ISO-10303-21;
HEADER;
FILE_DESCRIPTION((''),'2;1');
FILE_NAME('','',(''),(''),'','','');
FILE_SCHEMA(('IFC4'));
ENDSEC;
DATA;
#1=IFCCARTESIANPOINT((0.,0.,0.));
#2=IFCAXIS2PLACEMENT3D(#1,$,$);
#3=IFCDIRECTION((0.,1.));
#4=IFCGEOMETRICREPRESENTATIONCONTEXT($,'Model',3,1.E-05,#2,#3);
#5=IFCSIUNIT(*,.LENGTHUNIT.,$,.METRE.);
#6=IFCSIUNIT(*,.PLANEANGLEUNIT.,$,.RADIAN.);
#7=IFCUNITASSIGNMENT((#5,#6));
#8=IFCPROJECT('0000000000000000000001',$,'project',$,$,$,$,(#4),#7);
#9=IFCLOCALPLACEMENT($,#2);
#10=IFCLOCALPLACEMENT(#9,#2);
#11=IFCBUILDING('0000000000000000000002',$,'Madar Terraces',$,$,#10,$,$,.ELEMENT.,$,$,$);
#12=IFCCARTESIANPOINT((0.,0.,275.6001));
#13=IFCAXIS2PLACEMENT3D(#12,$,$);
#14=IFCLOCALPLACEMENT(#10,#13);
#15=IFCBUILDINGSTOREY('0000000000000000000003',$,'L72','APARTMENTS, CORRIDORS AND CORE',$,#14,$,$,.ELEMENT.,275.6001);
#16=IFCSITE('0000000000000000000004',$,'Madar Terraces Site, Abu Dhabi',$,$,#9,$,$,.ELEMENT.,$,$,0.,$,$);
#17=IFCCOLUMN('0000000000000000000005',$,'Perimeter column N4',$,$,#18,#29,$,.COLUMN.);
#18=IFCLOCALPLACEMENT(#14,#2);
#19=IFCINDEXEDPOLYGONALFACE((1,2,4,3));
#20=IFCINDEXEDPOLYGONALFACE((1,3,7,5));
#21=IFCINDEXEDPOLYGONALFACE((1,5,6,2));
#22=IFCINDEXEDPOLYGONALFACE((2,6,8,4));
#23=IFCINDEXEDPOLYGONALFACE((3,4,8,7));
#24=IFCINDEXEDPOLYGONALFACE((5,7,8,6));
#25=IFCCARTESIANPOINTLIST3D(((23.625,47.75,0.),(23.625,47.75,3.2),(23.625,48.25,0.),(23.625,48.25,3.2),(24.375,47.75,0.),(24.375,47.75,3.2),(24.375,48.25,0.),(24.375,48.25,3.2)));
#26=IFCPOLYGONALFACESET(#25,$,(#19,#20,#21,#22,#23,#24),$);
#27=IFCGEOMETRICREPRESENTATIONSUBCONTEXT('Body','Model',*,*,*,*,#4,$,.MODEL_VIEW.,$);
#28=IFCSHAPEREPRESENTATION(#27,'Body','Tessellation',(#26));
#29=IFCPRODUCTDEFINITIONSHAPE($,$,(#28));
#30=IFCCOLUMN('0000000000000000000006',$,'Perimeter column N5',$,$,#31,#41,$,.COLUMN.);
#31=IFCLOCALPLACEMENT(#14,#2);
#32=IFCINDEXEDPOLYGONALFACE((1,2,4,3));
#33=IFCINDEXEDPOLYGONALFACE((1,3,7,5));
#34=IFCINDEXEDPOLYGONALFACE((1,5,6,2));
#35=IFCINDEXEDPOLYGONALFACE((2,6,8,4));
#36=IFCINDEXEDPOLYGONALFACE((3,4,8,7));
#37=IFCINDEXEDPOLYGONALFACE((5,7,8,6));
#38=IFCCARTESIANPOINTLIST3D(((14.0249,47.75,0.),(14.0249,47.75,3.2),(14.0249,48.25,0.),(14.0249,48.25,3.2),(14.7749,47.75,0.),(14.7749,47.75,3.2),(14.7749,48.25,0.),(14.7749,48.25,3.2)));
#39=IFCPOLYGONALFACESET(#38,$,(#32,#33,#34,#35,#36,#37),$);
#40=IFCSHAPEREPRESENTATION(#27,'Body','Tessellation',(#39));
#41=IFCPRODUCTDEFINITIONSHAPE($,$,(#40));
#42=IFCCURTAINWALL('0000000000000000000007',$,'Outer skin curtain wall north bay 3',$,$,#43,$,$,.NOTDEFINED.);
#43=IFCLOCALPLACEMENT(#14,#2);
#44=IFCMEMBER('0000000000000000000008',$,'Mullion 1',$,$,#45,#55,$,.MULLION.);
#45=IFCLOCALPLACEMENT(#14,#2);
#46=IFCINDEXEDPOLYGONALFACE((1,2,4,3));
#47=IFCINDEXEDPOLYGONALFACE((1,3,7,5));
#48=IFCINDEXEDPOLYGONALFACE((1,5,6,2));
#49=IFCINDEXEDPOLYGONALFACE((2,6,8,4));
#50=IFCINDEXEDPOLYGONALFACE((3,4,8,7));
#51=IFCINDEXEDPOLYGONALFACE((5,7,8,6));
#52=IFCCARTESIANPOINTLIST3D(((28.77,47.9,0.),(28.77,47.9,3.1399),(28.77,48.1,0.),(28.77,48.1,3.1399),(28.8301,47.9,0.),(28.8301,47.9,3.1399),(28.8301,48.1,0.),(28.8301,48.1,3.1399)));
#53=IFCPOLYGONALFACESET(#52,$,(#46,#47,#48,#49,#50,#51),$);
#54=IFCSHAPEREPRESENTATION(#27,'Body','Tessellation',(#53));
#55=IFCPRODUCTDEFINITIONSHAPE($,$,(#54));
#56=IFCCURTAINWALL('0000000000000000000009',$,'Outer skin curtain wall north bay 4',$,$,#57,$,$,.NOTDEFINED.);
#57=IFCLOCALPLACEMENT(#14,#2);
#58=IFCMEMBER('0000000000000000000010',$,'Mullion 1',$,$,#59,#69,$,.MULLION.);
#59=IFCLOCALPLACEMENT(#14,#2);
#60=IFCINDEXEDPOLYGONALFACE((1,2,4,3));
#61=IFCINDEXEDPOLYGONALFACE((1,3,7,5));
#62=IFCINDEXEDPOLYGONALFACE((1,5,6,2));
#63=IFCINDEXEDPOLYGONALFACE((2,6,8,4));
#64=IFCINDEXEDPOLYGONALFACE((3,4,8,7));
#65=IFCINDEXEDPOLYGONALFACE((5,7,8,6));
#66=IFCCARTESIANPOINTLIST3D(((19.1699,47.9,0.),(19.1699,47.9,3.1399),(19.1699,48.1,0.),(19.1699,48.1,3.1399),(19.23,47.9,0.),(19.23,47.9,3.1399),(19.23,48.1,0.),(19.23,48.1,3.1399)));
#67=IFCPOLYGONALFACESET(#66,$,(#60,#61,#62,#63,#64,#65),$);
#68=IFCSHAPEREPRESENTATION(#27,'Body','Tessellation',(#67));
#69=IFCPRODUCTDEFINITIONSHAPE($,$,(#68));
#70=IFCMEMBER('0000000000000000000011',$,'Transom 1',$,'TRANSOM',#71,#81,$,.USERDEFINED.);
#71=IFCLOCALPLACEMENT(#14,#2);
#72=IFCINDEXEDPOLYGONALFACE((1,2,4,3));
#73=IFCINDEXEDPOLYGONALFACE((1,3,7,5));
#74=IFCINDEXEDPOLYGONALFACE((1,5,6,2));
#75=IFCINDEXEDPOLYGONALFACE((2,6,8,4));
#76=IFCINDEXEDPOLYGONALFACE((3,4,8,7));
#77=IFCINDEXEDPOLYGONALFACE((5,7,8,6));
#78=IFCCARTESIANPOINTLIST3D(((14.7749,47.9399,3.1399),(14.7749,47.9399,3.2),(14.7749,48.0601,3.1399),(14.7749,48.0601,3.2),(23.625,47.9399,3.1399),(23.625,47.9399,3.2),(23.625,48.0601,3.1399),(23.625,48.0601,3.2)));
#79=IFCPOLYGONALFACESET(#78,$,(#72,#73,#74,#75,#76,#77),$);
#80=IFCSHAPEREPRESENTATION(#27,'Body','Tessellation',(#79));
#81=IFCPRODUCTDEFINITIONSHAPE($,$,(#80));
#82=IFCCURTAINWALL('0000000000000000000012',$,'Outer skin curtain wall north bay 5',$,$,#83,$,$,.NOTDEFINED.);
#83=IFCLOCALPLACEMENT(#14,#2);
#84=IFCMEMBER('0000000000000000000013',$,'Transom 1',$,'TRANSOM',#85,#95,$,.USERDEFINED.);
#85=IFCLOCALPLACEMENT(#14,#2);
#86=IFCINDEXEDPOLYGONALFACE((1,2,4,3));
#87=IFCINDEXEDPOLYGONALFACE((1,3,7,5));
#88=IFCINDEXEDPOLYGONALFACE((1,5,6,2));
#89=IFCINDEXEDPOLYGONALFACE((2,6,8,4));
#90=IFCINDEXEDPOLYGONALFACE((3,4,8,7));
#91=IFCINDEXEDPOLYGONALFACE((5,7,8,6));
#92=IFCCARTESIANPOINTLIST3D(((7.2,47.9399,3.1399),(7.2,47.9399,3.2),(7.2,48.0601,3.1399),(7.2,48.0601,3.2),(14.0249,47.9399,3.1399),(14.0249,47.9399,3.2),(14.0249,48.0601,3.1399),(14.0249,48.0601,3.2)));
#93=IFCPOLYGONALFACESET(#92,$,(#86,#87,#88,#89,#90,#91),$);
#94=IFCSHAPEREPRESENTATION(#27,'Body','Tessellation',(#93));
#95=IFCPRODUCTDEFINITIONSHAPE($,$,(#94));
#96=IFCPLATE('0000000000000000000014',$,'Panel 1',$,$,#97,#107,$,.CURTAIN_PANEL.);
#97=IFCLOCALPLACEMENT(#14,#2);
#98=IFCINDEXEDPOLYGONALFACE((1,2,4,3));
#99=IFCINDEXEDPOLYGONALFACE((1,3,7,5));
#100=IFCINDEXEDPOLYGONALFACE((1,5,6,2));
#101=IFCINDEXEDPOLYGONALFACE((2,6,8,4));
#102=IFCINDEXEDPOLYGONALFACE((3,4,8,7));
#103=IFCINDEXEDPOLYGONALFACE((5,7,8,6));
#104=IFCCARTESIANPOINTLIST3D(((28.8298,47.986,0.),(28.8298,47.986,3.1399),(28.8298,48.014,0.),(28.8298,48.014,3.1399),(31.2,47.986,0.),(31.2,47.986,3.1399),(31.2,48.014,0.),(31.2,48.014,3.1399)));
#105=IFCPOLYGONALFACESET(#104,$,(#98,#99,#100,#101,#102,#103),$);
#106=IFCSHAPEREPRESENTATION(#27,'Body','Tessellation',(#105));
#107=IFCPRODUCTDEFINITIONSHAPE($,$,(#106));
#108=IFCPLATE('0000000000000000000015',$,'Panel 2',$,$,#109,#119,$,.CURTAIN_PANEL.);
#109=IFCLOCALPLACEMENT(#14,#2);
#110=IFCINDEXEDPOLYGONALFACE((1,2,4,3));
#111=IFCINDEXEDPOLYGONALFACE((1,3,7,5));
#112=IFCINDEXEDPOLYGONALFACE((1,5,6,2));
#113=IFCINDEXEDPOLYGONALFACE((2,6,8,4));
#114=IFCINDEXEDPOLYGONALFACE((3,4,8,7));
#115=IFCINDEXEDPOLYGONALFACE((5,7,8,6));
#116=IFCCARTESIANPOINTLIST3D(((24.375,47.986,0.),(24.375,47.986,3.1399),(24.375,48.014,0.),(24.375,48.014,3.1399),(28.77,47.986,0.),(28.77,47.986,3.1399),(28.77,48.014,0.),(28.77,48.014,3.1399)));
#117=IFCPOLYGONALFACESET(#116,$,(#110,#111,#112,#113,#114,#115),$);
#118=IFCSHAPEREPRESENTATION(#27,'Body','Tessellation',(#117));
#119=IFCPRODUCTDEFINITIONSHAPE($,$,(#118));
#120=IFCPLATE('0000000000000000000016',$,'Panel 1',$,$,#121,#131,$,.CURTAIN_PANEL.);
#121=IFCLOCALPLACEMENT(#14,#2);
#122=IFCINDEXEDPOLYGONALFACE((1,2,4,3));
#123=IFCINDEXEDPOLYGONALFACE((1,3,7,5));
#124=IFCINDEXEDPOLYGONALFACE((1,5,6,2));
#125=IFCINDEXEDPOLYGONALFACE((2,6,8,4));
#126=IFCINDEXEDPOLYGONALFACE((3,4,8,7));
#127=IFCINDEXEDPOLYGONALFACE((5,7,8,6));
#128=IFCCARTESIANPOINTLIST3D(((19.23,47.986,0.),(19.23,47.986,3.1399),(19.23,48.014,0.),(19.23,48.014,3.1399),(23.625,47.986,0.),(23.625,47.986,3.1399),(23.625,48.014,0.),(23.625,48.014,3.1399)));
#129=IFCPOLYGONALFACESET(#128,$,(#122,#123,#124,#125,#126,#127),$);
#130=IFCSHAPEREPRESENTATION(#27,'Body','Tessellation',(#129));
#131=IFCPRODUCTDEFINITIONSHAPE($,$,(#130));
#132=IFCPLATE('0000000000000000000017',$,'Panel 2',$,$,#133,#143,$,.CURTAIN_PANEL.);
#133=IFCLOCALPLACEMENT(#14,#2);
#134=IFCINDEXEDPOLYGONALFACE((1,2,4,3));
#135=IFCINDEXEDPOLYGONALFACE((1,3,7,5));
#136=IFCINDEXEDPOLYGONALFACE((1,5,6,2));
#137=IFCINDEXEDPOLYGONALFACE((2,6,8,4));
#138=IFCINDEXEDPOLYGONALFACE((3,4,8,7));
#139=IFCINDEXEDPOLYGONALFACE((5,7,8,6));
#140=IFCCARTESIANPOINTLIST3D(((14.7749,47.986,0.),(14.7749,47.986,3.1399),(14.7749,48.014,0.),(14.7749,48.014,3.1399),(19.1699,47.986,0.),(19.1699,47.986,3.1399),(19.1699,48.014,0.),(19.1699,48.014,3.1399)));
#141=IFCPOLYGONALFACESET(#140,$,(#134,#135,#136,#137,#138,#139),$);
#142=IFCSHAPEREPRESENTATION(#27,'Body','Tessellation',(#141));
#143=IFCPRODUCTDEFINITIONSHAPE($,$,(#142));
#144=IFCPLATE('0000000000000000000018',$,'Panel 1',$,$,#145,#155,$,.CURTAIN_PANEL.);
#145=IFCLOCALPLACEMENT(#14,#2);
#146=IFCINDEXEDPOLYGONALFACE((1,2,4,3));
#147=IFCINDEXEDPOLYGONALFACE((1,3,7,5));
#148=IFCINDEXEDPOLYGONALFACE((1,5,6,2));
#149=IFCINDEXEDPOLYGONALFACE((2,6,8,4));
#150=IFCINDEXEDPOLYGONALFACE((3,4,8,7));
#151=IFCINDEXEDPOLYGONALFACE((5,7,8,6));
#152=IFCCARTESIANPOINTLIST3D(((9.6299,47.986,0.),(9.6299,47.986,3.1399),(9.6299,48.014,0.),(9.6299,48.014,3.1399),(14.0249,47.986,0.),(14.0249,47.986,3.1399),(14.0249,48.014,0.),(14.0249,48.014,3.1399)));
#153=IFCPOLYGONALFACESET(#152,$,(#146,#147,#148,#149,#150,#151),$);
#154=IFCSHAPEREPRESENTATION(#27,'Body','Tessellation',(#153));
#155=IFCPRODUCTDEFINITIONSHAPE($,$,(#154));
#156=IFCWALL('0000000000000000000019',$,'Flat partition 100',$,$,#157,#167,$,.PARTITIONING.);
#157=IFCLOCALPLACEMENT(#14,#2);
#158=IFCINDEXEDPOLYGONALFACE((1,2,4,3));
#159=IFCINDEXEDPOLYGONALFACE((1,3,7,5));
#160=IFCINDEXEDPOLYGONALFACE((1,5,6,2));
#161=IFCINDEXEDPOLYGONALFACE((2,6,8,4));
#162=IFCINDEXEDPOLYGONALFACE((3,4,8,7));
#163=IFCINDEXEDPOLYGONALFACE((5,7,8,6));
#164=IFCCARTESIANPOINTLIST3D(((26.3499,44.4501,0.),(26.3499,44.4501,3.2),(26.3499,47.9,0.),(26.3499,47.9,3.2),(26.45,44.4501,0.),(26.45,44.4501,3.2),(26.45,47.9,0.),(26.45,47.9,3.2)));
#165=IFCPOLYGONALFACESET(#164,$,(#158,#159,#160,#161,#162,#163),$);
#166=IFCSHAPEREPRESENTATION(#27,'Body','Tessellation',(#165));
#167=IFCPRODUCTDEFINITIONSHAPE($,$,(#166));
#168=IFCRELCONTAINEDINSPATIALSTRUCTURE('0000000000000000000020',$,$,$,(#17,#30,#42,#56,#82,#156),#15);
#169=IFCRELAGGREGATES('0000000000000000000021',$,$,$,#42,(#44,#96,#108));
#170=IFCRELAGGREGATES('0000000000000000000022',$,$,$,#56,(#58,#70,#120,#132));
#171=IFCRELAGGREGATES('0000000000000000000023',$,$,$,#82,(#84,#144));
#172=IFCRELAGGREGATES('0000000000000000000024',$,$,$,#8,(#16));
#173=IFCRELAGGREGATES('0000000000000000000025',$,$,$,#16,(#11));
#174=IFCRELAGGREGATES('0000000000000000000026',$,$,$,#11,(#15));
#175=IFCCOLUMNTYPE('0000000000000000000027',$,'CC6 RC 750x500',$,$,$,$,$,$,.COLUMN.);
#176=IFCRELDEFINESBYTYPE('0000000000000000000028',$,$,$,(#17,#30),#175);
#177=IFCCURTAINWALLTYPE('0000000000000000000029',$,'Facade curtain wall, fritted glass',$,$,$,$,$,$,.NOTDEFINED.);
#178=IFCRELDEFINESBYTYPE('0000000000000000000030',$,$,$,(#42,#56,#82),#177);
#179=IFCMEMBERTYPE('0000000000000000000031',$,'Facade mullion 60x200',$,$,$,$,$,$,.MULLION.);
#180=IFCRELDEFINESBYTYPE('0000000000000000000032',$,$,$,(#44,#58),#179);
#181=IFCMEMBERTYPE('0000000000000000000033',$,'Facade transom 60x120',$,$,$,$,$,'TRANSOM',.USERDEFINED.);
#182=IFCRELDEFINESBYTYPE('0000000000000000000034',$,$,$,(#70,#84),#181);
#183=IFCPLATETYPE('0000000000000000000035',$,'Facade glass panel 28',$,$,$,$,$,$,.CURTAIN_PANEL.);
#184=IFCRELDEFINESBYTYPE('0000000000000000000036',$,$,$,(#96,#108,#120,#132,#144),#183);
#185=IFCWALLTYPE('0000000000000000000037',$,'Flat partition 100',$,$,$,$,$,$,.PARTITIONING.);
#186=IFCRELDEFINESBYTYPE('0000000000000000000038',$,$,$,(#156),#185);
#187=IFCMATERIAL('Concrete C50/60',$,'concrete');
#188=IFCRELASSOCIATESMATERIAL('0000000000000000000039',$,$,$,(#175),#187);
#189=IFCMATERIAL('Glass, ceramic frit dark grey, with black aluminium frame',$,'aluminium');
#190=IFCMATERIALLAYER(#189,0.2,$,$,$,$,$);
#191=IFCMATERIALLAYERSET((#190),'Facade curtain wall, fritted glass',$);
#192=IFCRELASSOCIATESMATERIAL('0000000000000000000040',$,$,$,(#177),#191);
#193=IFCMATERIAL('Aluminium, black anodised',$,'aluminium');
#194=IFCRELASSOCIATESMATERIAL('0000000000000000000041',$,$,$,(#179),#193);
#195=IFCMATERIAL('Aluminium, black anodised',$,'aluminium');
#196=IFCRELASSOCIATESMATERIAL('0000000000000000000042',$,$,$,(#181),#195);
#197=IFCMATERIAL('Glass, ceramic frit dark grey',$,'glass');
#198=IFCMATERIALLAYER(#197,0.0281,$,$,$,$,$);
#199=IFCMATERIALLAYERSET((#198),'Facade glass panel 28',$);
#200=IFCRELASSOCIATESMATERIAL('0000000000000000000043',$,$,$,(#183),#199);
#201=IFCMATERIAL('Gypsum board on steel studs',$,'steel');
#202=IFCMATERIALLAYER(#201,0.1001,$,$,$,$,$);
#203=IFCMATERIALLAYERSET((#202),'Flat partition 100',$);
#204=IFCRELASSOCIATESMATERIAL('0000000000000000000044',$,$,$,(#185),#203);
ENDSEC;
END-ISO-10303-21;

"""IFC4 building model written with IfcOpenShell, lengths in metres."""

from ifc_helpers import new_model, si_unit, direction, frame, frame_2d, origin, origin_2d, place, context, subcontext, project, spatial, rectangle, extrude, material, layer, layer_set, material_profile, profile_set, type_object, element, aggregate, save


model = new_model("IFC4")

# Units and contexts
model_context = context("Model", 3, precision=1e-05, world=origin(), true_north=direction((0.0, 1.0)))
body_context = subcontext(model_context, "Body", "Model", "MODEL_VIEW")
ifc_project = project(units=[si_unit("LENGTHUNIT", "METRE"), si_unit("PLANEANGLEUNIT", "RADIAN")], contexts=[model_context])

# Site, building, storey
site_placement = place(None, origin())
site = spatial("IfcSite", under=ifc_project, at=site_placement, Name="Madar Terraces Site, Abu Dhabi", CompositionType="ELEMENT", RefElevation=0.0)
building_placement = place(site_placement, origin())
building = spatial("IfcBuilding", under=site, at=building_placement, Name="Madar Terraces", CompositionType="ELEMENT")
storey_placement = place(building_placement, frame((0.0, 0.0, 275.6001)))
storey = spatial("IfcBuildingStorey", under=building, at=storey_placement, Name="L72", Description="APARTMENTS, CORRIDORS AND CORE", CompositionType="ELEMENT", Elevation=275.6001)

# Columns
ifc_material_1 = material(Name="Concrete C50/60", Category="concrete")
ifc_material_profile_1 = material_profile(ifc_material_1, rectangle(XDim=0.75, YDim=0.5, at=origin_2d()), Name="CC6 RC 750x500")
ifc_profile_set_1 = profile_set([ifc_material_profile_1], Name="Concrete C50/60")
column_type = type_object("IfcColumnType", Name="CC6 RC 750x500", PredefinedType="COLUMN", material=ifc_profile_set_1)
for number, where, z_axis, x_axis, name in (
    (1, (24.0, 48.0, 0.0), (0.0, 0.0, 1.0), (1.0, 0.0, 0.0), "Perimeter column N4"),
    (2, (14.3999, 48.0, 0.0), (0.0, 0.0, 1.0), (1.0, 0.0, 0.0), "Perimeter column N5"),
):
    element("IfcColumn", number, at=place(storey_placement, frame(where, z_axis=z_axis, x_axis=x_axis)), inside=storey, type_object=column_type, Name=name, PredefinedType="COLUMN", context=body_context, shape_type="SweptSolid", body=[
        extrude(rectangle(XDim=0.75, YDim=0.5, at=origin_2d()), origin(), (0.0, 0.0, 1.0), 3.2),
    ])

# Curtain wall, member
ifc_material_2 = material(Name="Glass, ceramic frit dark grey, with black aluminium frame", Category="aluminium")
ifc_layer_1 = layer(ifc_material_2, 0.2)
ifc_layer_set_1 = layer_set([ifc_layer_1], Name="Facade curtain wall, fritted glass")
curtain_wall_type = type_object("IfcCurtainWallType", Name="Facade curtain wall, fritted glass", PredefinedType="NOTDEFINED", material=ifc_layer_set_1)
curtain_wall_1_placement = place(storey_placement, origin())
curtain_wall_1 = element("IfcCurtainWall", 3, at=curtain_wall_1_placement, inside=storey, type_object=curtain_wall_type, Name="Outer skin curtain wall north bay 3", PredefinedType="NOTDEFINED")
ifc_material_3 = material(Name="Aluminium, black anodised", Category="aluminium")
ifc_material_profile_2 = material_profile(ifc_material_3, rectangle(XDim=0.2, YDim=0.0601, at=origin_2d()), Name="Facade mullion 60x200")
ifc_profile_set_2 = profile_set([ifc_material_profile_2], Name="Aluminium, black anodised")
member_type_1 = type_object("IfcMemberType", Name="Facade mullion 60x200", PredefinedType="MULLION", material=ifc_profile_set_2)
member_1_placement = place(storey_placement, frame((28.8, 48.0, 0.0), z_axis=(0.0, 0.0, 1.0), x_axis=(0.0, -1.0, 0.0)))
member_1 = element("IfcMember", 4, at=member_1_placement, type_object=member_type_1, Name="Mullion 1", PredefinedType="MULLION", context=body_context, shape_type="SweptSolid", body=[
    extrude(rectangle(XDim=0.2, YDim=0.0601, at=origin_2d()), origin(), (0.0, 0.0, 1.0), 3.1399),
])

# Curtain wall, members
curtain_wall_2_placement = place(storey_placement, origin())
curtain_wall_2 = element("IfcCurtainWall", 5, at=curtain_wall_2_placement, inside=storey, type_object=curtain_wall_type, Name="Outer skin curtain wall north bay 4", PredefinedType="NOTDEFINED")
member_2_placement = place(storey_placement, frame((19.2, 48.0, 0.0), z_axis=(0.0, 0.0, 1.0), x_axis=(0.0, -1.0, 0.0)))
member_2 = element("IfcMember", 6, at=member_2_placement, type_object=member_type_1, Name="Mullion 1", PredefinedType="MULLION", context=body_context, shape_type="SweptSolid", body=[
    extrude(rectangle(XDim=0.2, YDim=0.0601, at=origin_2d()), origin(), (0.0, 0.0, 1.0), 3.1399),
])
ifc_material_4 = material(Name="Aluminium, black anodised", Category="aluminium")
ifc_material_profile_3 = material_profile(ifc_material_4, rectangle(XDim=0.1201, YDim=0.0601, at=origin_2d()), Name="Facade transom 60x120")
ifc_profile_set_3 = profile_set([ifc_material_profile_3], Name="Aluminium, black anodised")
member_type_2 = type_object("IfcMemberType", Name="Facade transom 60x120", ElementType="TRANSOM", PredefinedType="USERDEFINED", material=ifc_profile_set_3)
member_3_placement = place(storey_placement, frame((23.625, 48.0, 3.1699), z_axis=(-1.0, 0.0, 0.0), x_axis=(0.0, -1.0, 0.0)))
member_3 = element("IfcMember", 7, at=member_3_placement, type_object=member_type_2, Name="Transom 1", ObjectType="TRANSOM", PredefinedType="USERDEFINED", context=body_context, shape_type="SweptSolid", body=[
    extrude(rectangle(XDim=0.1201, YDim=0.0601, at=origin_2d()), origin(), (0.0, 0.0, 1.0), 8.8501),
])

# Curtain wall, member
curtain_wall_3_placement = place(storey_placement, origin())
curtain_wall_3 = element("IfcCurtainWall", 8, at=curtain_wall_3_placement, inside=storey, type_object=curtain_wall_type, Name="Outer skin curtain wall north bay 5", PredefinedType="NOTDEFINED")
member_4_placement = place(storey_placement, frame((14.0249, 48.0, 3.1699), z_axis=(-1.0, 0.0, 0.0), x_axis=(0.0, -1.0, 0.0)))
member_4 = element("IfcMember", 9, at=member_4_placement, type_object=member_type_2, Name="Transom 1", ObjectType="TRANSOM", PredefinedType="USERDEFINED", context=body_context, shape_type="SweptSolid", body=[
    extrude(rectangle(XDim=0.1201, YDim=0.0601, at=origin_2d()), origin(), (0.0, 0.0, 1.0), 6.825),
])

# Plates
ifc_material_5 = material(Name="Glass, ceramic frit dark grey", Category="glass")
ifc_layer_2 = layer(ifc_material_5, 0.0281)
ifc_layer_set_2 = layer_set([ifc_layer_2], Name="Facade glass panel 28")
plate_type = type_object("IfcPlateType", Name="Facade glass panel 28", PredefinedType="CURTAIN_PANEL", material=ifc_layer_set_2)
plate_1_placement = place(storey_placement, frame((30.0149, 48.0, 0.0), z_axis=(0.0, 0.0, 1.0), x_axis=(-1.0, 0.0, 0.0)))
plate_1 = element("IfcPlate", 10, at=plate_1_placement, type_object=plate_type, Name="Panel 1", PredefinedType="CURTAIN_PANEL", context=body_context, shape_type="SweptSolid", body=[
    extrude(rectangle(XDim=2.3701, YDim=0.0281, at=origin_2d()), origin(), (0.0, 0.0, 1.0), 3.1399),
])
plate_2_placement = place(storey_placement, frame((26.5725, 48.0, 0.0), z_axis=(0.0, 0.0, 1.0), x_axis=(-1.0, 0.0, 0.0)))
plate_2 = element("IfcPlate", 11, at=plate_2_placement, type_object=plate_type, Name="Panel 2", PredefinedType="CURTAIN_PANEL", context=body_context, shape_type="SweptSolid", body=[
    extrude(rectangle(XDim=4.395, YDim=0.0281, at=origin_2d()), origin(), (0.0, 0.0, 1.0), 3.1399),
])
aggregate(curtain_wall_1, [member_1, plate_1, plate_2])
plate_3_placement = place(storey_placement, frame((21.4275, 48.0, 0.0), z_axis=(0.0, 0.0, 1.0), x_axis=(-1.0, 0.0, 0.0)))
plate_3 = element("IfcPlate", 12, at=plate_3_placement, type_object=plate_type, Name="Panel 1", PredefinedType="CURTAIN_PANEL", context=body_context, shape_type="SweptSolid", body=[
    extrude(rectangle(XDim=4.395, YDim=0.0281, at=origin_2d()), origin(), (0.0, 0.0, 1.0), 3.1399),
])
plate_4_placement = place(storey_placement, frame((16.9724, 48.0, 0.0), z_axis=(0.0, 0.0, 1.0), x_axis=(-1.0, 0.0, 0.0)))
plate_4 = element("IfcPlate", 13, at=plate_4_placement, type_object=plate_type, Name="Panel 2", PredefinedType="CURTAIN_PANEL", context=body_context, shape_type="SweptSolid", body=[
    extrude(rectangle(XDim=4.395, YDim=0.0281, at=origin_2d()), origin(), (0.0, 0.0, 1.0), 3.1399),
])
aggregate(curtain_wall_2, [member_2, member_3, plate_3, plate_4])
plate_5_placement = place(storey_placement, frame((11.8274, 48.0, 0.0), z_axis=(0.0, 0.0, 1.0), x_axis=(-1.0, 0.0, 0.0)))
plate_5 = element("IfcPlate", 14, at=plate_5_placement, type_object=plate_type, Name="Panel 1", PredefinedType="CURTAIN_PANEL", context=body_context, shape_type="SweptSolid", body=[
    extrude(rectangle(XDim=4.395, YDim=0.0281, at=origin_2d()), origin(), (0.0, 0.0, 1.0), 3.1399),
])
aggregate(curtain_wall_3, [member_4, plate_5])

# Wall
ifc_material_6 = material(Name="Gypsum board on steel studs", Category="steel")
ifc_layer_3 = layer(ifc_material_6, 0.1001)
ifc_layer_set_3 = layer_set([ifc_layer_3], Name="Flat partition 100")
wall_type_1 = type_object("IfcWallType", Name="Flat partition 100", PredefinedType="PARTITIONING", material=ifc_layer_set_3)
wall_1_placement = place(storey_placement, frame((26.3999, 44.45, 0.0), z_axis=(0.0, 0.0, 1.0), x_axis=(0.0, 1.0, 0.0)))
element("IfcWall", 15, at=wall_1_placement, inside=storey, type_object=wall_type_1, Name="Flat partition 100", PredefinedType="PARTITIONING", context=body_context, shape_type="SweptSolid", body=[
    extrude(rectangle(XDim=3.45, YDim=0.1001, at=frame_2d((1.7251, 0.0))), origin(), (0.0, 0.0, 1.0), 3.2),
])

save(model, "model.ifc")
